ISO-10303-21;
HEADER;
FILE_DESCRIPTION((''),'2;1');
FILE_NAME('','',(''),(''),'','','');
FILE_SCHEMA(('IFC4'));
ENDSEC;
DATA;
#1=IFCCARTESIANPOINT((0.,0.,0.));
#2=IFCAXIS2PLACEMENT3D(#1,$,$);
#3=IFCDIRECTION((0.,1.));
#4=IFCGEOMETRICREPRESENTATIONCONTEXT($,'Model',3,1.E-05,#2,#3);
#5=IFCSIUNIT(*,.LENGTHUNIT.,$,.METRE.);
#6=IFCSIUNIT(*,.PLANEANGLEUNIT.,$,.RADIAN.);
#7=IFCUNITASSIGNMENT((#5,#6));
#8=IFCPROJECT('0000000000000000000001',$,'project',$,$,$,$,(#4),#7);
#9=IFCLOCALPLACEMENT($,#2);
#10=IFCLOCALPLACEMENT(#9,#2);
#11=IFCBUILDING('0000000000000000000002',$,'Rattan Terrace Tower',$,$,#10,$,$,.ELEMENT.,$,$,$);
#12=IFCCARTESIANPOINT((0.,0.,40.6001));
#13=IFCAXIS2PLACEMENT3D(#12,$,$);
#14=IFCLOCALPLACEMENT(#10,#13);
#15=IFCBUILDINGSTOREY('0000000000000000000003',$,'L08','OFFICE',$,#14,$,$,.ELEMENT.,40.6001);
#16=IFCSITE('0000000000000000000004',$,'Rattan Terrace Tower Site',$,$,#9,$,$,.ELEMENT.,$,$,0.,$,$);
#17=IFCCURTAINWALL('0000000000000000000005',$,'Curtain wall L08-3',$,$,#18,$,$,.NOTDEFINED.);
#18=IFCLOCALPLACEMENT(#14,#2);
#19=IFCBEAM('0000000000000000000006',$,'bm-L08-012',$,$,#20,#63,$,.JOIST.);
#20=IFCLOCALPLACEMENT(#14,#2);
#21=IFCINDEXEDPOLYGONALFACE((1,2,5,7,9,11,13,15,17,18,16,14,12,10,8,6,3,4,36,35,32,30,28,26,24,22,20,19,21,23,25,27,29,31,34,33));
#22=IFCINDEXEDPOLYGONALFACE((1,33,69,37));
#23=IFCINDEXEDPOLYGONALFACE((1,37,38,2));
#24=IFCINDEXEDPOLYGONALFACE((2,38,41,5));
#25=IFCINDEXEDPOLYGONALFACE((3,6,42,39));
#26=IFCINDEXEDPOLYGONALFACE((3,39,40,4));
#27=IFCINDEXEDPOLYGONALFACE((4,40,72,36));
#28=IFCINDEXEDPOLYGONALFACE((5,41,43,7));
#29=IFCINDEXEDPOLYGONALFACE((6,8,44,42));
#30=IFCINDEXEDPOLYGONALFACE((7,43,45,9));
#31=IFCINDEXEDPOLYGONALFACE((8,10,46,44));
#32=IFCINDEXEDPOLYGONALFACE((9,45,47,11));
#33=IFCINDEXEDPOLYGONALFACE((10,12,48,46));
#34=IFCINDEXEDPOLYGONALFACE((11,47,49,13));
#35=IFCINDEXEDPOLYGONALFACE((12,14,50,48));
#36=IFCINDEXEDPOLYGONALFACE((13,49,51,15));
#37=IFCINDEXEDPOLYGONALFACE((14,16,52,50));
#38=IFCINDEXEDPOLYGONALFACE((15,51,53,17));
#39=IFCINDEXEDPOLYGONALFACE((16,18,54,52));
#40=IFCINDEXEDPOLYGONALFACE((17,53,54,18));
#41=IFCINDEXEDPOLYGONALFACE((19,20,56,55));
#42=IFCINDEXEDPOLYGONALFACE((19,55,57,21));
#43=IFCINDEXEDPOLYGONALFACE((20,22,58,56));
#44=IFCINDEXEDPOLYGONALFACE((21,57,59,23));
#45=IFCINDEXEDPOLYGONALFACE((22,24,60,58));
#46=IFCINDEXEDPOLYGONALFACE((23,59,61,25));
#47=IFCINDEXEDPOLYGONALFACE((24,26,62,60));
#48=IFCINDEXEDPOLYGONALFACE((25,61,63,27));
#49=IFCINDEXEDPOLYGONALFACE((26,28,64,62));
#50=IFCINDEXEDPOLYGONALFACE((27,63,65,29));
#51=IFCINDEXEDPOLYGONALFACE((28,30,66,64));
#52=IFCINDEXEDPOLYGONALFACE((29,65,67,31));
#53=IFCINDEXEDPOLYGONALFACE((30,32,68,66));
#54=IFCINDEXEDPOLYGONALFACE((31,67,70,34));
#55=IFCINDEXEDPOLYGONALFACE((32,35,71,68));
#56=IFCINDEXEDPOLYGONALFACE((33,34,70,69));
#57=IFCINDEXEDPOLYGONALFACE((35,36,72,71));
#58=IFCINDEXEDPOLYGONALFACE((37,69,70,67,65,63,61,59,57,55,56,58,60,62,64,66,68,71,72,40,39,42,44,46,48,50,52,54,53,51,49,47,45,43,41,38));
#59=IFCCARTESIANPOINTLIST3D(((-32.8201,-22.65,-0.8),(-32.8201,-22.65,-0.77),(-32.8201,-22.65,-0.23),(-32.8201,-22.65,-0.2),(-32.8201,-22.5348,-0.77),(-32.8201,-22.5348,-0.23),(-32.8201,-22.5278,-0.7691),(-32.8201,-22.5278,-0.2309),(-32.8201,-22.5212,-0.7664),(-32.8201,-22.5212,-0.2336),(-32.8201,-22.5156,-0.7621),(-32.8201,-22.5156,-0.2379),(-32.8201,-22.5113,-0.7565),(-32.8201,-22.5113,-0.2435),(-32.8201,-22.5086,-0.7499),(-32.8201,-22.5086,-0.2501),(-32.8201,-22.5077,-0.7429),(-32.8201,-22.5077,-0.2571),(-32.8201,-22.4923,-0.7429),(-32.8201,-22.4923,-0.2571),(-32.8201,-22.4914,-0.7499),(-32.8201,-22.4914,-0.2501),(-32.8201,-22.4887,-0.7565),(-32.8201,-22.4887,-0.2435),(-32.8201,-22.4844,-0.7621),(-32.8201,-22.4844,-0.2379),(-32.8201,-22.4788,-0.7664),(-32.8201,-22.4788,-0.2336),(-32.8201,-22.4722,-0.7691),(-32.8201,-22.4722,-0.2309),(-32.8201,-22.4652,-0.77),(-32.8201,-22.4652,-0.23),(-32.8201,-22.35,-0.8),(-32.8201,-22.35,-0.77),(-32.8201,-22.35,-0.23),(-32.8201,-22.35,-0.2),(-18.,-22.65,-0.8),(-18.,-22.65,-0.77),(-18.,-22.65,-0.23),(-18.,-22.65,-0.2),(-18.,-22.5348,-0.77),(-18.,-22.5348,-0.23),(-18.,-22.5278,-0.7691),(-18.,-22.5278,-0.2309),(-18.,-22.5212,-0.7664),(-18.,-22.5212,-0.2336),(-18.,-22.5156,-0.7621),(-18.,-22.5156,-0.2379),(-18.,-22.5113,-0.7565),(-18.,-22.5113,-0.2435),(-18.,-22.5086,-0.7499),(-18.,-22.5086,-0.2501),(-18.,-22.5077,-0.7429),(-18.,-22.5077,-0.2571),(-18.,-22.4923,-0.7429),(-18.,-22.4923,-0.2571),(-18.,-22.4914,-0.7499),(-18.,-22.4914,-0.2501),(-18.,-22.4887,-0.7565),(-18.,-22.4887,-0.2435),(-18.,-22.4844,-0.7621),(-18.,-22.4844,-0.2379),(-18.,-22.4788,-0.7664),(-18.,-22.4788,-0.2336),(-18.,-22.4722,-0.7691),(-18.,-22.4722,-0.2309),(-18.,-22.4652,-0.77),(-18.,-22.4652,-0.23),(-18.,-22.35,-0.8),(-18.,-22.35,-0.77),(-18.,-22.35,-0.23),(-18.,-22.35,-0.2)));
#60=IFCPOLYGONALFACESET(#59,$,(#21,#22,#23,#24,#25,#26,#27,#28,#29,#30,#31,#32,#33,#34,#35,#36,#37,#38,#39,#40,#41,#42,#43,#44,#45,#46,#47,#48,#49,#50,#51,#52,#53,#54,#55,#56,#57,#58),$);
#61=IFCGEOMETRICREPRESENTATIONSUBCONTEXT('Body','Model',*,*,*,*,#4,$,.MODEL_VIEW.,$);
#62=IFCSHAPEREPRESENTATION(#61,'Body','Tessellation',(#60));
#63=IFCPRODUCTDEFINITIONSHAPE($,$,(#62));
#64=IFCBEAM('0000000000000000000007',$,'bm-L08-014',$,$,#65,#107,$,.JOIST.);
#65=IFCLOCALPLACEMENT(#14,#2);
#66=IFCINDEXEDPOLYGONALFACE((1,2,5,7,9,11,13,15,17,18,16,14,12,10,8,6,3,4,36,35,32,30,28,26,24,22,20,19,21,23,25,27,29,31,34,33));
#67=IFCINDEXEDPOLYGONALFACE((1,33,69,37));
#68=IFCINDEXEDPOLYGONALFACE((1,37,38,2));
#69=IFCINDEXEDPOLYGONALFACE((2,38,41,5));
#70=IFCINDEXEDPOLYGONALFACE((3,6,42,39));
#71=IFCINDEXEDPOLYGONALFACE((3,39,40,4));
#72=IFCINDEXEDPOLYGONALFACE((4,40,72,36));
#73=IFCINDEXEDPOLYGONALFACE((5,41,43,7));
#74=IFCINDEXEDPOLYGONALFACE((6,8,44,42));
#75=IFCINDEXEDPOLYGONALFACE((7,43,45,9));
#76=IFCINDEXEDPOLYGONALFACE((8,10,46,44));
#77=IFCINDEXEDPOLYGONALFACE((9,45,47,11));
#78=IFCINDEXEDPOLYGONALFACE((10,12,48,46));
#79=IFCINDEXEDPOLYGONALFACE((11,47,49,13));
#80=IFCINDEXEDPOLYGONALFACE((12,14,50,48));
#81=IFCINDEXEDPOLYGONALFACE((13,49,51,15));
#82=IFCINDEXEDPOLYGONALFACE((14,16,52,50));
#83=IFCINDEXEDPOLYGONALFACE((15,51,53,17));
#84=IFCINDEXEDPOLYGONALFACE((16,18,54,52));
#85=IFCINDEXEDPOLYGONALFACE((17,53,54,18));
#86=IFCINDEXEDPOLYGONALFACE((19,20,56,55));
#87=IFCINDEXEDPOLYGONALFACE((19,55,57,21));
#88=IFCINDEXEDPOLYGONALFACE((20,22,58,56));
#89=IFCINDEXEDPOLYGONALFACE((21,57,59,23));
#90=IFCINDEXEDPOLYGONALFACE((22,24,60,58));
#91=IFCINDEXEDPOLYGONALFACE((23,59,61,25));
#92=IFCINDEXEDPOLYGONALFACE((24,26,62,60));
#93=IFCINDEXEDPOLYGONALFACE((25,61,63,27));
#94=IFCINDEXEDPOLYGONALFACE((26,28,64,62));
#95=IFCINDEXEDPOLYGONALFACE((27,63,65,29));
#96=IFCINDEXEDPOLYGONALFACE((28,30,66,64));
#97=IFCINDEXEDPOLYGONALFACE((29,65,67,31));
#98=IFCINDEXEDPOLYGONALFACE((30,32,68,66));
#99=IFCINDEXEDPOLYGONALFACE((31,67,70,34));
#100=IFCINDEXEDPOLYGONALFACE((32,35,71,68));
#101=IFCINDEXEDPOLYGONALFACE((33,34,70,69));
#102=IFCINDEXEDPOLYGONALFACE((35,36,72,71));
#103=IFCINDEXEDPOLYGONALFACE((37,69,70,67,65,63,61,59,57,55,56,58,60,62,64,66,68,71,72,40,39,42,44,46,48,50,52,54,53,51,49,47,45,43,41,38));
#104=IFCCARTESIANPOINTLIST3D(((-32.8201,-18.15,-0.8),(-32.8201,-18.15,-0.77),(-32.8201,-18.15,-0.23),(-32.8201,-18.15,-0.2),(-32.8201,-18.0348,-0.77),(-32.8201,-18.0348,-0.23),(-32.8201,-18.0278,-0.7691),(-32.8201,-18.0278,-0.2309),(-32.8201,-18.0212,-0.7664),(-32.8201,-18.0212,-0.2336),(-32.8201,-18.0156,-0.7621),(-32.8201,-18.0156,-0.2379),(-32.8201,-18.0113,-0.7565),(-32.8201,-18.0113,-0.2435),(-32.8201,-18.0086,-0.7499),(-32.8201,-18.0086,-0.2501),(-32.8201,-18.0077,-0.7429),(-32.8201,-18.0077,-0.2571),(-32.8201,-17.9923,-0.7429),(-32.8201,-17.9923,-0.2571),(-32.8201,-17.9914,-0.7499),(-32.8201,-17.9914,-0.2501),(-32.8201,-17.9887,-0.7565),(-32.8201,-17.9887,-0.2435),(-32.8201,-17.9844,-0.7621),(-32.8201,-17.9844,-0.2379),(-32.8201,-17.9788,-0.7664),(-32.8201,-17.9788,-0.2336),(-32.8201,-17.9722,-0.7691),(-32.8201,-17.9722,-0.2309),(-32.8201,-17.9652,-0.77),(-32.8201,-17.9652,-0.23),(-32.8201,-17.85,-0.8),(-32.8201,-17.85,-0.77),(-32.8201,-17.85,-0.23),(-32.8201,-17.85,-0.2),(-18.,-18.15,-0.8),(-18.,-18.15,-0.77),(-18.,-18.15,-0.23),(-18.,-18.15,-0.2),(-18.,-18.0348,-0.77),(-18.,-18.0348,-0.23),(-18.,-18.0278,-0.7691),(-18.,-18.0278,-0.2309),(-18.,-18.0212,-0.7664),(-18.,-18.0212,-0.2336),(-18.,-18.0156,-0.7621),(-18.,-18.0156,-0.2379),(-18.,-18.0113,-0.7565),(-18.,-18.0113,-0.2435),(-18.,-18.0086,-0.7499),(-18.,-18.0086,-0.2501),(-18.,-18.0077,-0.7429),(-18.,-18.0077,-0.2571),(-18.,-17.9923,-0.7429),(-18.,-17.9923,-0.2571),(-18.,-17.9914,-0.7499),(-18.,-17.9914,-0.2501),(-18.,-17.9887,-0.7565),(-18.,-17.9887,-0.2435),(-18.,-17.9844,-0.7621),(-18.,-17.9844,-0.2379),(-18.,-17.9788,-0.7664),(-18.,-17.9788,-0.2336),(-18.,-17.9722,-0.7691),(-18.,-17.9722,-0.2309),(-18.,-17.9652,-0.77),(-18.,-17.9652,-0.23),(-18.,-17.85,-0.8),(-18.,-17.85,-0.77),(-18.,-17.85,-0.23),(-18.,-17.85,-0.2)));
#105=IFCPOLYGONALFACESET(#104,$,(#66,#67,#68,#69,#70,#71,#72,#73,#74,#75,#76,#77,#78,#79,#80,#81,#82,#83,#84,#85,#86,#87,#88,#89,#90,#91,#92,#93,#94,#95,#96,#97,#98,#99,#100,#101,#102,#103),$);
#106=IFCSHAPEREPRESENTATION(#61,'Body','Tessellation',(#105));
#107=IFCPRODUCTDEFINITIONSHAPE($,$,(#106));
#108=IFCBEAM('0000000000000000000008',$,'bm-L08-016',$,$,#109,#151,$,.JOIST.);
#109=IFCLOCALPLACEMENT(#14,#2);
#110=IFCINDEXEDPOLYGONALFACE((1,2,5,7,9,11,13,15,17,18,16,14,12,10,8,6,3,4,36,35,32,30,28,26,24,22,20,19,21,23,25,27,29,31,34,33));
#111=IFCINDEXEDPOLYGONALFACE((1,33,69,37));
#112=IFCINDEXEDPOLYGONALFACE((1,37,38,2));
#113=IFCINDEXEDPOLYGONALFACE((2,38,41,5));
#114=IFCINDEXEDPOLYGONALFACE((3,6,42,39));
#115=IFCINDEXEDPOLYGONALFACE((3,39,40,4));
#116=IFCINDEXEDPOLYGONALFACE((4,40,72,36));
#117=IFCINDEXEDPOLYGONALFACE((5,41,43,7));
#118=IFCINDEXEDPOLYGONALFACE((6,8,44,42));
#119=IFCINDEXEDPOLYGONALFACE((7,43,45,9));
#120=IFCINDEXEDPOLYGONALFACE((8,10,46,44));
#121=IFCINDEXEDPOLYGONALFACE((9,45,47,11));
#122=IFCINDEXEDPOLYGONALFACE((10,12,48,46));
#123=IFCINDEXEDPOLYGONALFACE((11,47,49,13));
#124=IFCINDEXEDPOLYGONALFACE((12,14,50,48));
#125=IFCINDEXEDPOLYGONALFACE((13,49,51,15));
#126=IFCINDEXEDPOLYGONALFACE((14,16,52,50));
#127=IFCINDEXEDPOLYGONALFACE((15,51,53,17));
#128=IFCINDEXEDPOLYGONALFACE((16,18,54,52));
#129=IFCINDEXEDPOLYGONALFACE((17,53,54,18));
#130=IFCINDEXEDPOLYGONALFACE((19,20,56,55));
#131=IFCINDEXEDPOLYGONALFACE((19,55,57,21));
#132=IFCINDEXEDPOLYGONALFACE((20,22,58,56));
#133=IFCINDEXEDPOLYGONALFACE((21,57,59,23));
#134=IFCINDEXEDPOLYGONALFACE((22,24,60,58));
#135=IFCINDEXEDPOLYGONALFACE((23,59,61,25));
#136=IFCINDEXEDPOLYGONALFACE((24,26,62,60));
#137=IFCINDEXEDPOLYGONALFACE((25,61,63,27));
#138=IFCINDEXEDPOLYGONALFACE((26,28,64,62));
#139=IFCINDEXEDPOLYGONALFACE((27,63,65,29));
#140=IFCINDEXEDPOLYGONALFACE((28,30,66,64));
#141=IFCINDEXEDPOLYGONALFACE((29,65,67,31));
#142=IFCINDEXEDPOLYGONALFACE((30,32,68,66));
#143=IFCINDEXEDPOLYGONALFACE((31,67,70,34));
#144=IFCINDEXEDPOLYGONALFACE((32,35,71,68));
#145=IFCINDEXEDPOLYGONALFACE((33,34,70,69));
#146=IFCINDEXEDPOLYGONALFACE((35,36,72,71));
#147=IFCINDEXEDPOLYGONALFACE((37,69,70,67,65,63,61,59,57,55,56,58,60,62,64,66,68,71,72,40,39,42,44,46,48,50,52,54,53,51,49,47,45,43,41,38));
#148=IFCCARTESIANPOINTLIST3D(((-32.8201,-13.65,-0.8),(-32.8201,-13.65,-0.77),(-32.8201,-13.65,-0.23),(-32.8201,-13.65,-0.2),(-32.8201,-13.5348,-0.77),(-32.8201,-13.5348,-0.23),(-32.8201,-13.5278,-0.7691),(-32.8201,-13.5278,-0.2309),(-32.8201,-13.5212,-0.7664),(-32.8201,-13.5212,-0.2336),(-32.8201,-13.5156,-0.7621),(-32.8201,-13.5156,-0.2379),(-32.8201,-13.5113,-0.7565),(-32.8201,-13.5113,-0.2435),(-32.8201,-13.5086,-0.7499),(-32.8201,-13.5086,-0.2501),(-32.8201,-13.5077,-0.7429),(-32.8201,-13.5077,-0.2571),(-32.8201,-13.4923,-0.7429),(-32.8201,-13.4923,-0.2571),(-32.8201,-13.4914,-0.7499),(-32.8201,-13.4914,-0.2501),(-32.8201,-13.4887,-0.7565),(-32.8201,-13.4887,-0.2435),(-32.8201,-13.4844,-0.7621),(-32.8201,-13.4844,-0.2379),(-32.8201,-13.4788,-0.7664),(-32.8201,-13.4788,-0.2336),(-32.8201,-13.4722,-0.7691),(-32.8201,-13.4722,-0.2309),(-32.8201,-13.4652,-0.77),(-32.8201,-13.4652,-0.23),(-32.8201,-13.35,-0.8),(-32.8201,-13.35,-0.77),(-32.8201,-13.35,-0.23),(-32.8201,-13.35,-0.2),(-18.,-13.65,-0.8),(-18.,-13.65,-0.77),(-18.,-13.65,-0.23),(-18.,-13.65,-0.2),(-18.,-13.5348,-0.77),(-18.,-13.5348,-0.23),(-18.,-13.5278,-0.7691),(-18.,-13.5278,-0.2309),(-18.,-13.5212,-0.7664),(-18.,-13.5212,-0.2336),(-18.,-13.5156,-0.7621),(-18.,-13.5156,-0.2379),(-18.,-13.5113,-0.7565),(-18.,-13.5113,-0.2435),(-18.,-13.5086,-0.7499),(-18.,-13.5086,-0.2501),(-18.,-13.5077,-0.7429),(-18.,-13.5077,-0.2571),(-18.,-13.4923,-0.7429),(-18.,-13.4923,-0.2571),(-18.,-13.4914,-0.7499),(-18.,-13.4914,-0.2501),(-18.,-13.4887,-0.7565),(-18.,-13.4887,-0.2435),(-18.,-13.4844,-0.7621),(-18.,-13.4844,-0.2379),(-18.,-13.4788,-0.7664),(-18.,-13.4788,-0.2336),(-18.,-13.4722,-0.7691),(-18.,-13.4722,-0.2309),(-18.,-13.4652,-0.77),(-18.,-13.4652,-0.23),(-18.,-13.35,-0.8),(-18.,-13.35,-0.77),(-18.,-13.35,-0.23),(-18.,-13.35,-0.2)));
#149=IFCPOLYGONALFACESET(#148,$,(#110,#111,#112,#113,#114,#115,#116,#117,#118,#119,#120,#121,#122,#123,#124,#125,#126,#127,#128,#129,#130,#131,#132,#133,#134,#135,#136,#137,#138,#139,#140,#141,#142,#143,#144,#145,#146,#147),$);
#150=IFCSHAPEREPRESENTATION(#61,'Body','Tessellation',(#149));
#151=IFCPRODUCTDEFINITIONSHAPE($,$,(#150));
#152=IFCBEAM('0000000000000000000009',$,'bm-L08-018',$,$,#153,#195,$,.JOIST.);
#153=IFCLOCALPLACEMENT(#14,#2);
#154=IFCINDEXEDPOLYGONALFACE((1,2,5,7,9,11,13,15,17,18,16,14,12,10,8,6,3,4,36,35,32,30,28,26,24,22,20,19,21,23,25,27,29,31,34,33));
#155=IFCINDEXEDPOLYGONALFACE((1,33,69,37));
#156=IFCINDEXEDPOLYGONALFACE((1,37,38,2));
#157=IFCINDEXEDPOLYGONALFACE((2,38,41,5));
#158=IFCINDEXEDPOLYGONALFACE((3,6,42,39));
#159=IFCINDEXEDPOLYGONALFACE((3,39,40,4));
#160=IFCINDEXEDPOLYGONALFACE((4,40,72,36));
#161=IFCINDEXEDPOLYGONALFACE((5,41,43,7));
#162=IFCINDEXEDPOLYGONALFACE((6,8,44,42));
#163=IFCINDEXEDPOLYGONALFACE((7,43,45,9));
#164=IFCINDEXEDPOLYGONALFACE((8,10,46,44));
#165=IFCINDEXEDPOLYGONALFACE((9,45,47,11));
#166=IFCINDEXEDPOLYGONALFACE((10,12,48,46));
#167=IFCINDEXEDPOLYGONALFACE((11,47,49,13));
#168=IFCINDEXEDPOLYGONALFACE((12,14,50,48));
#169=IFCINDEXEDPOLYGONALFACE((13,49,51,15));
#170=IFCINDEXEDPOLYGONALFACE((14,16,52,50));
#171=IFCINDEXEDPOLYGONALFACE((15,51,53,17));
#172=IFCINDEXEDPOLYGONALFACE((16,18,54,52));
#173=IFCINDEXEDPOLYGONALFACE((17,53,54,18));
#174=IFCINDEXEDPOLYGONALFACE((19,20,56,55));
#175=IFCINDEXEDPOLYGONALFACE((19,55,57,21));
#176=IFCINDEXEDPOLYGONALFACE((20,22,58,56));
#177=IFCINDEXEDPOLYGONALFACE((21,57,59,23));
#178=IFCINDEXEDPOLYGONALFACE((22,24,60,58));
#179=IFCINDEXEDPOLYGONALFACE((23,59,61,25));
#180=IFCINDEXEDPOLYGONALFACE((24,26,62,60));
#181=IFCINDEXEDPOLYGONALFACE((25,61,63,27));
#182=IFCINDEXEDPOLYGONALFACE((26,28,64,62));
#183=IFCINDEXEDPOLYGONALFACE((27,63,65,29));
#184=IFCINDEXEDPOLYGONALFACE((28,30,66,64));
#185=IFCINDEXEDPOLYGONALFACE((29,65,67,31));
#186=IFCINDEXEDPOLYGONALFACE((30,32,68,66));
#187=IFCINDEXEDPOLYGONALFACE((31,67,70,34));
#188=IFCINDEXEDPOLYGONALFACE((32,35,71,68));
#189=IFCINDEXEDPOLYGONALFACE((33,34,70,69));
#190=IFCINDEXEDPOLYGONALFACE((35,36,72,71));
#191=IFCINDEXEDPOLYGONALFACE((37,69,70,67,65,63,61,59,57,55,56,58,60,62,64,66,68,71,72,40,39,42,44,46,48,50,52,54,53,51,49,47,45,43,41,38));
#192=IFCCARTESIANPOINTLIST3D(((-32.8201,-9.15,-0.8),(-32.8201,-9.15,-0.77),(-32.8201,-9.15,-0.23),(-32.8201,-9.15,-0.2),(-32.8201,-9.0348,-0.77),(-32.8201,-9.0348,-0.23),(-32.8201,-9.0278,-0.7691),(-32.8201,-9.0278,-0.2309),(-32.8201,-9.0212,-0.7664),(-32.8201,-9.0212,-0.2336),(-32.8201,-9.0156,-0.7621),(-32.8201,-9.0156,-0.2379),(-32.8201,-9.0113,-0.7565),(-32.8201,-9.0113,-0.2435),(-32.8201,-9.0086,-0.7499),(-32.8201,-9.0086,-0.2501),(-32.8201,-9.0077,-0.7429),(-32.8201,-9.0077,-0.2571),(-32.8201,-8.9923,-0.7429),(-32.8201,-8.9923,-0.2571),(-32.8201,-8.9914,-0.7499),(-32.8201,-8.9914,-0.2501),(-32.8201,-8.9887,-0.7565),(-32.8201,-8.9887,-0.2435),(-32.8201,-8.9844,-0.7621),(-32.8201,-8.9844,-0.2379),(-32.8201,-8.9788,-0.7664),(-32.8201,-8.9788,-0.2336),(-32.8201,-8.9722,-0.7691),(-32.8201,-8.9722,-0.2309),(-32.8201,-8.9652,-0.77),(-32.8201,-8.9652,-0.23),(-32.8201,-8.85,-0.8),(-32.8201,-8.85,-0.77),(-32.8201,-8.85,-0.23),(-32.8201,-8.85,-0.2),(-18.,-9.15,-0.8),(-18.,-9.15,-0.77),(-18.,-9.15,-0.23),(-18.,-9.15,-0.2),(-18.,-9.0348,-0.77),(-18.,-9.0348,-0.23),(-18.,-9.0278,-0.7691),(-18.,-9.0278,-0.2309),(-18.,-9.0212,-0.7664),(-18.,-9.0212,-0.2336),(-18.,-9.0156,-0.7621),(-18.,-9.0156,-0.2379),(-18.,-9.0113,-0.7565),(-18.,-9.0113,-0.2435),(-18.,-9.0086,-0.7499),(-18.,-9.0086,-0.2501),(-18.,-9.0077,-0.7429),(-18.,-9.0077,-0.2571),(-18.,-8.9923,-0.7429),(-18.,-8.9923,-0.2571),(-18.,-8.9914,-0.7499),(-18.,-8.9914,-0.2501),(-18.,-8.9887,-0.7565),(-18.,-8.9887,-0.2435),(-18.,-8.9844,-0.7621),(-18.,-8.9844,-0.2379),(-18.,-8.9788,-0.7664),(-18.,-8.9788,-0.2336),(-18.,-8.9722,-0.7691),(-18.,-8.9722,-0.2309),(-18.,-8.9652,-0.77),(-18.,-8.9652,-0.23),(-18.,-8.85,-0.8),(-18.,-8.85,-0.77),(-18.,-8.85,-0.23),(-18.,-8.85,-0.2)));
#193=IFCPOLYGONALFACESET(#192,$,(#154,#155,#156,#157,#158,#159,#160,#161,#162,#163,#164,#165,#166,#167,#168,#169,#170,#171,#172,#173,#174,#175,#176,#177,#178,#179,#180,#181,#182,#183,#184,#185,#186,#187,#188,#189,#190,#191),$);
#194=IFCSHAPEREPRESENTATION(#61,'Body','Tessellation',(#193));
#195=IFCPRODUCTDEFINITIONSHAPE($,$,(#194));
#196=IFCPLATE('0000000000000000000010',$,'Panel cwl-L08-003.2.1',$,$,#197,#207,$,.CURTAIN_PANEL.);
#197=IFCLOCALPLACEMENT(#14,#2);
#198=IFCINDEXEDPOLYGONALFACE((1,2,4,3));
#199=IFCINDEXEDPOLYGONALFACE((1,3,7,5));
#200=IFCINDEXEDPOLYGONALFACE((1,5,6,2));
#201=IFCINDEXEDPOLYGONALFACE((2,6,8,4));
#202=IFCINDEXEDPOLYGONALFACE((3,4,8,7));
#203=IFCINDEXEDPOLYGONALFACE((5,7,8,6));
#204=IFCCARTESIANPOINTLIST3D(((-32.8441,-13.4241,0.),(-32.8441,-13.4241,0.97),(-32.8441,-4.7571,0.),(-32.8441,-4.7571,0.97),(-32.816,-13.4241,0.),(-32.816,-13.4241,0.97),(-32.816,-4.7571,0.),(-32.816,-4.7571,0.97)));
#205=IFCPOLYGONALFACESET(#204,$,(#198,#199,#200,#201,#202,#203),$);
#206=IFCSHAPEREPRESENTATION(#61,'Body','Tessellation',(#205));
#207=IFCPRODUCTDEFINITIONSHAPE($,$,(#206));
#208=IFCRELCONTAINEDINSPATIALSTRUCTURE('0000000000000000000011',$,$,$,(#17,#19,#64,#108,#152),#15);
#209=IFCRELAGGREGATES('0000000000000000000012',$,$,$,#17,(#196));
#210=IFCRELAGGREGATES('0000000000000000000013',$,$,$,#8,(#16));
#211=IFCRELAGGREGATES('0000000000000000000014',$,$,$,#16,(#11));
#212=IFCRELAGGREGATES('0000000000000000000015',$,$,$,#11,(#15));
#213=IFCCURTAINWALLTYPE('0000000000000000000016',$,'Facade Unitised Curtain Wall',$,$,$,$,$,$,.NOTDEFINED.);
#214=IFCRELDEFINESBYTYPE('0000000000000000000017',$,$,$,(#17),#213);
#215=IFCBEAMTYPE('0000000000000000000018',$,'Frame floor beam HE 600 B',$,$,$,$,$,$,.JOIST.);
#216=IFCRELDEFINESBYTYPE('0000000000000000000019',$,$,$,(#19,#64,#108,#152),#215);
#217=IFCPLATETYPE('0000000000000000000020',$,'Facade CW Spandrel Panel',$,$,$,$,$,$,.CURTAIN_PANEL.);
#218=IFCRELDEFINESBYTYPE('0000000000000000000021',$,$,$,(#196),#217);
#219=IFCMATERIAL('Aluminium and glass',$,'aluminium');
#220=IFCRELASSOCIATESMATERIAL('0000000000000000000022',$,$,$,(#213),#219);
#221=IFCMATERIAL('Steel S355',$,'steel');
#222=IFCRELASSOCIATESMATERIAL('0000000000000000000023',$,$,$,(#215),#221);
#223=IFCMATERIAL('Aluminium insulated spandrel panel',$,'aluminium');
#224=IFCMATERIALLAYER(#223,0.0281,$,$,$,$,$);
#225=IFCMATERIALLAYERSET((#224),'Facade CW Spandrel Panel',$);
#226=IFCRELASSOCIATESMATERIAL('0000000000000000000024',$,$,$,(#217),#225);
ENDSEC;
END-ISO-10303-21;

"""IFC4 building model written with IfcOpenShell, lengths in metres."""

from ifc_helpers import new_model, si_unit, direction, frame, origin, origin_2d, place, context, subcontext, project, spatial, rectangle, i_section, extrude, material, layer, layer_set, material_profile, profile_set, type_object, element, aggregate, save


model = new_model("IFC4")

# Units and contexts
model_context = context("Model", 3, precision=1e-05, world=origin(), true_north=direction((0.0, 1.0)))
body_context = subcontext(model_context, "Body", "Model", "MODEL_VIEW")
ifc_project = project(units=[si_unit("LENGTHUNIT", "METRE"), si_unit("PLANEANGLEUNIT", "RADIAN")], contexts=[model_context])

# Site, building, storey
site_placement = place(None, origin())
site = spatial("IfcSite", under=ifc_project, at=site_placement, Name="Rattan Terrace Tower Site", CompositionType="ELEMENT", RefElevation=0.0)
building_placement = place(site_placement, origin())
building = spatial("IfcBuilding", under=site, at=building_placement, Name="Rattan Terrace Tower", CompositionType="ELEMENT")
storey_placement = place(building_placement, frame((0.0, 0.0, 40.6001)))
storey = spatial("IfcBuildingStorey", under=building, at=storey_placement, Name="L08", Description="OFFICE", CompositionType="ELEMENT", Elevation=40.6001)

# Curtain wall
ifc_material_1 = material(Name="Aluminium and glass", Category="aluminium")
curtain_wall_type = type_object("IfcCurtainWallType", Name="Facade Unitised Curtain Wall", PredefinedType="NOTDEFINED", material=ifc_material_1)
curtain_wall_placement = place(storey_placement, origin())
curtain_wall = element("IfcCurtainWall", 1, at=curtain_wall_placement, inside=storey, type_object=curtain_wall_type, Name="Curtain wall L08-3", PredefinedType="NOTDEFINED")

# Beams
ifc_material_2 = material(Name="Steel S355", Category="steel")
ifc_material_profile_1 = material_profile(ifc_material_2, i_section(OverallWidth=0.3, OverallDepth=0.6001, WebThickness=0.0154, FlangeThickness=0.03, FilletRadius=0.0271, at=origin_2d()), Name="HE 600 B")
ifc_profile_set_1 = profile_set([ifc_material_profile_1], Name="Steel S355")
beam_type_1 = type_object("IfcBeamType", Name="Frame floor beam HE 600 B", PredefinedType="JOIST", material=ifc_profile_set_1)
for number, where, z_axis, x_axis, name in (
    (2, (-32.8201, -22.5, -0.5), (1.0, 0.0, 0.0), (0.0, 1.0, 0.0), "bm-L08-012"),
    (3, (-32.8201, -18.0, -0.5), (1.0, 0.0, 0.0), (0.0, 1.0, 0.0), "bm-L08-014"),
    (4, (-32.8201, -13.5, -0.5), (1.0, 0.0, 0.0), (0.0, 1.0, 0.0), "bm-L08-016"),
    (5, (-32.8201, -9.0, -0.5), (1.0, 0.0, 0.0), (0.0, 1.0, 0.0), "bm-L08-018"),
):
    element("IfcBeam", number, at=place(storey_placement, frame(where, z_axis=z_axis, x_axis=x_axis)), inside=storey, type_object=beam_type_1, Name=name, PredefinedType="JOIST", context=body_context, shape_type="SweptSolid", body=[
        extrude(i_section(OverallWidth=0.3, OverallDepth=0.6001, WebThickness=0.0154, FlangeThickness=0.03, FilletRadius=0.0271, at=origin_2d()), origin(), (0.0, 0.0, 1.0), 14.8201),
    ])

# Plate
ifc_material_3 = material(Name="Aluminium insulated spandrel panel", Category="aluminium")
ifc_layer_1 = layer(ifc_material_3, 0.0281)
ifc_layer_set_1 = layer_set([ifc_layer_1], Name="Facade CW Spandrel Panel")
plate_type_1 = type_object("IfcPlateType", Name="Facade CW Spandrel Panel", PredefinedType="CURTAIN_PANEL", material=ifc_layer_set_1)
plate_1_placement = place(storey_placement, frame((-32.8301, -9.0906, 0.0), z_axis=(0.0, 0.0, 1.0), x_axis=(0.0, -1.0, 0.0)))
plate_1 = element("IfcPlate", 6, at=plate_1_placement, type_object=plate_type_1, Name="Panel cwl-L08-003.2.1", PredefinedType="CURTAIN_PANEL", context=body_context, shape_type="SweptSolid", body=[
    extrude(rectangle(XDim=8.667, YDim=0.0281, at=origin_2d()), origin(), (0.0, 0.0, 1.0), 0.97),
])
aggregate(curtain_wall, [plate_1])

save(model, "model.ifc")
